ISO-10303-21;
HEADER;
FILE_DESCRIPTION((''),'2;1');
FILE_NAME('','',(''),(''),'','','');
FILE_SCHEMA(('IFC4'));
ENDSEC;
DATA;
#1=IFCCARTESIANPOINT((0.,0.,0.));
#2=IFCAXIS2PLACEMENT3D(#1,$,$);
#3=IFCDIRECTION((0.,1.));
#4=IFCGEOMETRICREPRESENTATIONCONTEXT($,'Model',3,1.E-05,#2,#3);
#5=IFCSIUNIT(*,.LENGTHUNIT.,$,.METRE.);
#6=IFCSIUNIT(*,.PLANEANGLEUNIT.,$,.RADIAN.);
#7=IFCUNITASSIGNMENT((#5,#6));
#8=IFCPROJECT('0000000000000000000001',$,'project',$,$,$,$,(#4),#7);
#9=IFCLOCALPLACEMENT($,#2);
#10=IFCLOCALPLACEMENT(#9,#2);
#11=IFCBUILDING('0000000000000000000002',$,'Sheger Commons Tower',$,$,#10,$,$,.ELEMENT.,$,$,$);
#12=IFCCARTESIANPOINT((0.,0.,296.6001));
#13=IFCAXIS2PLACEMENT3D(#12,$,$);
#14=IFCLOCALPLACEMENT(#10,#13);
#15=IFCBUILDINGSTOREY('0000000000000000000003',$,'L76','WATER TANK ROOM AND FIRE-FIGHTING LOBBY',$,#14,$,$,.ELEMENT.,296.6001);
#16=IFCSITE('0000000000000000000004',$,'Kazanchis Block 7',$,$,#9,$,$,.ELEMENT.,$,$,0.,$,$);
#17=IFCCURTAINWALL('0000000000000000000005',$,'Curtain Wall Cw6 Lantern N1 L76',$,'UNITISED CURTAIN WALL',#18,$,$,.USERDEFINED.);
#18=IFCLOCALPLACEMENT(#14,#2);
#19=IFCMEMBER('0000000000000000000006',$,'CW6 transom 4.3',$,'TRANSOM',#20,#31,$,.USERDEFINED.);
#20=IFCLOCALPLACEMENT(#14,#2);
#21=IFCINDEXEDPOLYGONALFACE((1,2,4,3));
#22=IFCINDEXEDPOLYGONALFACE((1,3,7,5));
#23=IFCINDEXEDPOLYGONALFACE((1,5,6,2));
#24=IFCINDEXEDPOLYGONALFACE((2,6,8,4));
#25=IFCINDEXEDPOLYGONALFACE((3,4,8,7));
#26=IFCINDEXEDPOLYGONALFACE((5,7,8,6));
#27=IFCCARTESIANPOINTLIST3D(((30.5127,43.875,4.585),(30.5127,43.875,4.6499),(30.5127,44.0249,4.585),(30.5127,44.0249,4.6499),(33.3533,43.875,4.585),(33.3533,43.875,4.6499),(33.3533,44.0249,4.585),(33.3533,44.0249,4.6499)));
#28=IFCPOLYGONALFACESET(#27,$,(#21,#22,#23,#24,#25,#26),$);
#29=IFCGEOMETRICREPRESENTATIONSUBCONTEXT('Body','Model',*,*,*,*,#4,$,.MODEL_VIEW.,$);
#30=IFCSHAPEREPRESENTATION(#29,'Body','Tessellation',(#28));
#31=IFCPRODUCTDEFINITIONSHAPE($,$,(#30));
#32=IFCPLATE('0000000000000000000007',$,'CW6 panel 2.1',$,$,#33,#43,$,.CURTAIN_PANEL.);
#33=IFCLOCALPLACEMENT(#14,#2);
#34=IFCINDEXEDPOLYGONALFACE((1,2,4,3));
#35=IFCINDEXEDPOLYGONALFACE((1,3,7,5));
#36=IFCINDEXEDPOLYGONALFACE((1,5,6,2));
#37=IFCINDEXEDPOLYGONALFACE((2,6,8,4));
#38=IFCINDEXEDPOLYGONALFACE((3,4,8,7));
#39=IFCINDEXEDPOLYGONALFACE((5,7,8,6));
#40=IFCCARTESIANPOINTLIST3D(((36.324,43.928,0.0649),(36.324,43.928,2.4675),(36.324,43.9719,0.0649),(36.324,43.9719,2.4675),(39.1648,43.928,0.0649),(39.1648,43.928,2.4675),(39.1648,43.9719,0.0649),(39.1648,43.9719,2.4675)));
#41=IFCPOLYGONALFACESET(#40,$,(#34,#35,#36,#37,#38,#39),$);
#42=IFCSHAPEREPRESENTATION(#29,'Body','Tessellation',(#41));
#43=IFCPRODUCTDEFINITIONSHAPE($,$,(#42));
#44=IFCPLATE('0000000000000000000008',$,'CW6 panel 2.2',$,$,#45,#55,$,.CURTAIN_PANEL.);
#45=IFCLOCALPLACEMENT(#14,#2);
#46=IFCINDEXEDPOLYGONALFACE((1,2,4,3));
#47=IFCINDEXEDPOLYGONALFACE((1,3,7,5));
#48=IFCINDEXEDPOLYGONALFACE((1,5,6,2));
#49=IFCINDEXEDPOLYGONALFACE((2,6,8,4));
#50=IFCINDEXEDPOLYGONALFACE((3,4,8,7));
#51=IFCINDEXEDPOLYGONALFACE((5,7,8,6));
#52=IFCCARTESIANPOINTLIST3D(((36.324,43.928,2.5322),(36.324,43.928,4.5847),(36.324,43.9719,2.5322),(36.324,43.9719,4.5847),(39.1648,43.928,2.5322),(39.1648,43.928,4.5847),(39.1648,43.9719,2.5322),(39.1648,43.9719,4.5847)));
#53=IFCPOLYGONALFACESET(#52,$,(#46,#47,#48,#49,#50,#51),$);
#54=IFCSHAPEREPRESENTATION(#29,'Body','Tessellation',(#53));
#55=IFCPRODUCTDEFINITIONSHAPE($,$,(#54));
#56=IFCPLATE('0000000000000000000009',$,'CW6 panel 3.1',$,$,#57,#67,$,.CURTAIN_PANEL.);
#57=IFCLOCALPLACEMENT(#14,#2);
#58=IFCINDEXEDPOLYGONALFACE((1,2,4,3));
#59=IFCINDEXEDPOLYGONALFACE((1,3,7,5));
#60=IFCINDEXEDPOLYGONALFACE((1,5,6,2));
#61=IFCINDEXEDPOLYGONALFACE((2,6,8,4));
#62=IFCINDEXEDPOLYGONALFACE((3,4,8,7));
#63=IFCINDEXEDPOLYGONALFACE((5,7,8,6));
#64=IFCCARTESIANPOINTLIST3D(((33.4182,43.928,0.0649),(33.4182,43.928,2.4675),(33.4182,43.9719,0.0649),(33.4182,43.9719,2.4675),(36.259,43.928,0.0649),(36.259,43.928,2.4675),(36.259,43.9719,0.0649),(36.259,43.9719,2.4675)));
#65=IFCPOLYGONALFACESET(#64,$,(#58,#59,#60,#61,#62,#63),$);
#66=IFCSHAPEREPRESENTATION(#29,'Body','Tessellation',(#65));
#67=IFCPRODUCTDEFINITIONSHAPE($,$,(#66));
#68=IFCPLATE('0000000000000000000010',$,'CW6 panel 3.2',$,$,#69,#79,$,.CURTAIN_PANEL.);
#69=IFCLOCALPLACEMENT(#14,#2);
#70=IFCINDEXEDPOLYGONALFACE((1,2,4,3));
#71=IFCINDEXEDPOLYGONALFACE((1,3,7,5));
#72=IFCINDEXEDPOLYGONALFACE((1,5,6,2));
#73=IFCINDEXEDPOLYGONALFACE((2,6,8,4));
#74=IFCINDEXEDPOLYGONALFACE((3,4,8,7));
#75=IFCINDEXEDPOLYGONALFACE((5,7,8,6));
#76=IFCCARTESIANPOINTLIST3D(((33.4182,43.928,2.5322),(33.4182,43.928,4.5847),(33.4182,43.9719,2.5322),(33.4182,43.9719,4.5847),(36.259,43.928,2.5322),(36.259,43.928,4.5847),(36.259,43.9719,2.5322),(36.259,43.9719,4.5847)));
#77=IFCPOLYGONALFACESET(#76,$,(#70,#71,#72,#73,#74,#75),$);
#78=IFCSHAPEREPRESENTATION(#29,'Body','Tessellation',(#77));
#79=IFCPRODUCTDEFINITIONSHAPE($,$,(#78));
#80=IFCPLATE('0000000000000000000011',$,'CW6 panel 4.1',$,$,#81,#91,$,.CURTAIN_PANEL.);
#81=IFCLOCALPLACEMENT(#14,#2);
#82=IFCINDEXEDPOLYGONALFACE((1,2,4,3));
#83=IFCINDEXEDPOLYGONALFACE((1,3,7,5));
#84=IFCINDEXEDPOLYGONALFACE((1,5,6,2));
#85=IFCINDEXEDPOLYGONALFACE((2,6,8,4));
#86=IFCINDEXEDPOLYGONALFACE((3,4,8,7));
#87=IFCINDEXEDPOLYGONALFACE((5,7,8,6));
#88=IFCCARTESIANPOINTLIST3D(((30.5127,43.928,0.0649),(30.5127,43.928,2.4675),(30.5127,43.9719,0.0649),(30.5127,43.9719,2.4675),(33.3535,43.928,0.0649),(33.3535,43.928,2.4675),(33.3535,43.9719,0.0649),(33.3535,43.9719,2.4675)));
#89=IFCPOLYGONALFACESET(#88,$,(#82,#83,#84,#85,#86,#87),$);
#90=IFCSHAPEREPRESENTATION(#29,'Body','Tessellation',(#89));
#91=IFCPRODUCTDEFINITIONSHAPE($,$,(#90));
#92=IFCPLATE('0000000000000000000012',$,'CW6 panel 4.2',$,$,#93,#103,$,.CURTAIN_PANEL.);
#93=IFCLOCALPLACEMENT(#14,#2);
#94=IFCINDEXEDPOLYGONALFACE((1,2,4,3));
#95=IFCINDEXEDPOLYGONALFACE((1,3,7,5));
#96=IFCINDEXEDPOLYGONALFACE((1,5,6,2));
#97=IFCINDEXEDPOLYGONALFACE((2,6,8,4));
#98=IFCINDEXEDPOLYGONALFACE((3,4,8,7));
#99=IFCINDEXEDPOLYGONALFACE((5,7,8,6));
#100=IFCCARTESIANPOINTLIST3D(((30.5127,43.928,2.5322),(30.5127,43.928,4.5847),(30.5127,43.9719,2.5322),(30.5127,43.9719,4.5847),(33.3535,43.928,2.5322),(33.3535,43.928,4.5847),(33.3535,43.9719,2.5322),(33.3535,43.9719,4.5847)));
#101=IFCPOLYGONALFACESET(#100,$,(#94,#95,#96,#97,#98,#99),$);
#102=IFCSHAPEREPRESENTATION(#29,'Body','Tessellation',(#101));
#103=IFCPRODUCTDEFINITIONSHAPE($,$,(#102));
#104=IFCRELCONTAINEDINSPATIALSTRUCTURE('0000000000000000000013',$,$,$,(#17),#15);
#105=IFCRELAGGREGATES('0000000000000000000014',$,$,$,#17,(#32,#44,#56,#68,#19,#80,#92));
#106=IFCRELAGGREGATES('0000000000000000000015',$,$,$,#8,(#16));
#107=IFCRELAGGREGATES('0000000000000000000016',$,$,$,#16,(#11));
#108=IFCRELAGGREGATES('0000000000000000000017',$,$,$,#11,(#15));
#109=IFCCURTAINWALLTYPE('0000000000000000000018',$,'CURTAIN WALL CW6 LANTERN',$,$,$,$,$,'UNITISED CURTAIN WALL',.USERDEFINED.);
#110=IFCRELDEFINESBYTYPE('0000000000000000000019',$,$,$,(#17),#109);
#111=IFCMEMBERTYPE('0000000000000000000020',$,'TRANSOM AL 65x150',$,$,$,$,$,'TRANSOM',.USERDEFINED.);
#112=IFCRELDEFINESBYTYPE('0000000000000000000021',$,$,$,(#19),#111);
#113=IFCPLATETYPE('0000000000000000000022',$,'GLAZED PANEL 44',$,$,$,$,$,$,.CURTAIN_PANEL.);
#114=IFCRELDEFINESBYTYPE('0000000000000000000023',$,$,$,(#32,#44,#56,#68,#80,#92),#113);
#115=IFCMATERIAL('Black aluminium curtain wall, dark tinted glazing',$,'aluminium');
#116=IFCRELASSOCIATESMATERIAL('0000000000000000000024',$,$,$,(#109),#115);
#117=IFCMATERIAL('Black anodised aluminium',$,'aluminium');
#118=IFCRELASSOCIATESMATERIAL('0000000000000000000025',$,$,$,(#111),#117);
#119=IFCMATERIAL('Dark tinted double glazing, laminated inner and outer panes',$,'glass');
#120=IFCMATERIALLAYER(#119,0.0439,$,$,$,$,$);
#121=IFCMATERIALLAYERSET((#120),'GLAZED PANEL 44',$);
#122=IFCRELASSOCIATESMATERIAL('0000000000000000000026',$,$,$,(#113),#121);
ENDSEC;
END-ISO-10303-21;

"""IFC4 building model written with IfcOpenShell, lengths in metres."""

from ifc_helpers import new_model, si_unit, direction, frame, origin, origin_2d, place, context, subcontext, project, spatial, rectangle, extrude, material, layer, layer_set, material_profile, profile_set, type_object, element, aggregate, save


model = new_model("IFC4")

# Units and contexts
model_context = context("Model", 3, precision=1e-05, world=origin(), true_north=direction((0.0, 1.0)))
body_context = subcontext(model_context, "Body", "Model", "MODEL_VIEW")
ifc_project = project(units=[si_unit("LENGTHUNIT", "METRE"), si_unit("PLANEANGLEUNIT", "RADIAN")], contexts=[model_context])

# Site, building, storey
site_placement = place(None, origin())
site = spatial("IfcSite", under=ifc_project, at=site_placement, Name="Kazanchis Block 7", CompositionType="ELEMENT", RefElevation=0.0)
building_placement = place(site_placement, origin())
building = spatial("IfcBuilding", under=site, at=building_placement, Name="Sheger Commons Tower", CompositionType="ELEMENT")
storey_placement = place(building_placement, frame((0.0, 0.0, 296.6001)))
storey = spatial("IfcBuildingStorey", under=building, at=storey_placement, Name="L76", Description="WATER TANK ROOM AND FIRE-FIGHTING LOBBY", CompositionType="ELEMENT", Elevation=296.6001)

# Curtain wall
ifc_material_1 = material(Name="Black aluminium curtain wall, dark tinted glazing", Category="aluminium")
curtain_wall_type = type_object("IfcCurtainWallType", Name="CURTAIN WALL CW6 LANTERN", ElementType="UNITISED CURTAIN WALL", PredefinedType="USERDEFINED", material=ifc_material_1)
curtain_wall_placement = place(storey_placement, origin())
curtain_wall = element("IfcCurtainWall", 1, at=curtain_wall_placement, inside=storey, type_object=curtain_wall_type, Name="Curtain Wall Cw6 Lantern N1 L76", ObjectType="UNITISED CURTAIN WALL", PredefinedType="USERDEFINED")

# Member
ifc_material_2 = material(Name="Black anodised aluminium", Category="aluminium")
ifc_material_profile_1 = material_profile(ifc_material_2, rectangle(XDim=0.1499, YDim=0.0649, at=origin_2d()), Name="AL 65x150")
ifc_profile_set_1 = profile_set([ifc_material_profile_1], Name="Black anodised aluminium")
member_type_1 = type_object("IfcMemberType", Name="TRANSOM AL 65x150", ElementType="TRANSOM", PredefinedType="USERDEFINED", material=ifc_profile_set_1)
member_1_placement = place(storey_placement, frame((33.3533, 43.95, 4.6174), z_axis=(-1.0, 0.0, 0.0), x_axis=(0.0, -1.0, 0.0)))
member_1 = element("IfcMember", 2, at=member_1_placement, type_object=member_type_1, Name="CW6 transom 4.3", ObjectType="TRANSOM", PredefinedType="USERDEFINED", context=body_context, shape_type="SweptSolid", body=[
    extrude(rectangle(XDim=0.1499, YDim=0.0649, at=origin_2d()), origin(), (0.0, 0.0, 1.0), 2.8406),
])

# Plates
ifc_material_3 = material(Name="Dark tinted double glazing, laminated inner and outer panes", Category="glass")
ifc_layer = layer(ifc_material_3, 0.0439)
ifc_layer_set = layer_set([ifc_layer], Name="GLAZED PANEL 44")
plate_type = type_object("IfcPlateType", Name="GLAZED PANEL 44", PredefinedType="CURTAIN_PANEL", material=ifc_layer_set)
plate_1_placement = place(storey_placement, frame((37.7444, 43.95, 0.0649), z_axis=(0.0, 0.0, 1.0), x_axis=(-1.0, 0.0, 0.0)))
plate_1 = element("IfcPlate", 3, at=plate_1_placement, type_object=plate_type, Name="CW6 panel 2.1", PredefinedType="CURTAIN_PANEL", context=body_context, shape_type="SweptSolid", body=[
    extrude(rectangle(XDim=2.8408, YDim=0.0439, at=origin_2d()), origin(), (0.0, 0.0, 1.0), 2.4026),
])
plate_2_placement = place(storey_placement, frame((37.7444, 43.95, 2.5322), z_axis=(0.0, 0.0, 1.0), x_axis=(-1.0, 0.0, 0.0)))
plate_2 = element("IfcPlate", 4, at=plate_2_placement, type_object=plate_type, Name="CW6 panel 2.2", PredefinedType="CURTAIN_PANEL", context=body_context, shape_type="SweptSolid", body=[
    extrude(rectangle(XDim=2.8408, YDim=0.0439, at=origin_2d()), origin(), (0.0, 0.0, 1.0), 2.0525),
])
plate_3_placement = place(storey_placement, frame((34.8386, 43.95, 0.0649), z_axis=(0.0, 0.0, 1.0), x_axis=(-1.0, 0.0, 0.0)))
plate_3 = element("IfcPlate", 5, at=plate_3_placement, type_object=plate_type, Name="CW6 panel 3.1", PredefinedType="CURTAIN_PANEL", context=body_context, shape_type="SweptSolid", body=[
    extrude(rectangle(XDim=2.8408, YDim=0.0439, at=origin_2d()), origin(), (0.0, 0.0, 1.0), 2.4026),
])
plate_4_placement = place(storey_placement, frame((34.8386, 43.95, 2.5322), z_axis=(0.0, 0.0, 1.0), x_axis=(-1.0, 0.0, 0.0)))
plate_4 = element("IfcPlate", 6, at=plate_4_placement, type_object=plate_type, Name="CW6 panel 3.2", PredefinedType="CURTAIN_PANEL", context=body_context, shape_type="SweptSolid", body=[
    extrude(rectangle(XDim=2.8408, YDim=0.0439, at=origin_2d()), origin(), (0.0, 0.0, 1.0), 2.0525),
])
plate_5_placement = place(storey_placement, frame((31.9331, 43.95, 0.0649), z_axis=(0.0, 0.0, 1.0), x_axis=(-1.0, 0.0, 0.0)))
plate_5 = element("IfcPlate", 7, at=plate_5_placement, type_object=plate_type, Name="CW6 panel 4.1", PredefinedType="CURTAIN_PANEL", context=body_context, shape_type="SweptSolid", body=[
    extrude(rectangle(XDim=2.8408, YDim=0.0439, at=origin_2d()), origin(), (0.0, 0.0, 1.0), 2.4026),
])
plate_6_placement = place(storey_placement, frame((31.9331, 43.95, 2.5322), z_axis=(0.0, 0.0, 1.0), x_axis=(-1.0, 0.0, 0.0)))
plate_6 = element("IfcPlate", 8, at=plate_6_placement, type_object=plate_type, Name="CW6 panel 4.2", PredefinedType="CURTAIN_PANEL", context=body_context, shape_type="SweptSolid", body=[
    extrude(rectangle(XDim=2.8408, YDim=0.0439, at=origin_2d()), origin(), (0.0, 0.0, 1.0), 2.0525),
])
aggregate(curtain_wall, [plate_1, plate_2, plate_3, plate_4, member_1, plate_5, plate_6])

save(model, "model.ifc")
